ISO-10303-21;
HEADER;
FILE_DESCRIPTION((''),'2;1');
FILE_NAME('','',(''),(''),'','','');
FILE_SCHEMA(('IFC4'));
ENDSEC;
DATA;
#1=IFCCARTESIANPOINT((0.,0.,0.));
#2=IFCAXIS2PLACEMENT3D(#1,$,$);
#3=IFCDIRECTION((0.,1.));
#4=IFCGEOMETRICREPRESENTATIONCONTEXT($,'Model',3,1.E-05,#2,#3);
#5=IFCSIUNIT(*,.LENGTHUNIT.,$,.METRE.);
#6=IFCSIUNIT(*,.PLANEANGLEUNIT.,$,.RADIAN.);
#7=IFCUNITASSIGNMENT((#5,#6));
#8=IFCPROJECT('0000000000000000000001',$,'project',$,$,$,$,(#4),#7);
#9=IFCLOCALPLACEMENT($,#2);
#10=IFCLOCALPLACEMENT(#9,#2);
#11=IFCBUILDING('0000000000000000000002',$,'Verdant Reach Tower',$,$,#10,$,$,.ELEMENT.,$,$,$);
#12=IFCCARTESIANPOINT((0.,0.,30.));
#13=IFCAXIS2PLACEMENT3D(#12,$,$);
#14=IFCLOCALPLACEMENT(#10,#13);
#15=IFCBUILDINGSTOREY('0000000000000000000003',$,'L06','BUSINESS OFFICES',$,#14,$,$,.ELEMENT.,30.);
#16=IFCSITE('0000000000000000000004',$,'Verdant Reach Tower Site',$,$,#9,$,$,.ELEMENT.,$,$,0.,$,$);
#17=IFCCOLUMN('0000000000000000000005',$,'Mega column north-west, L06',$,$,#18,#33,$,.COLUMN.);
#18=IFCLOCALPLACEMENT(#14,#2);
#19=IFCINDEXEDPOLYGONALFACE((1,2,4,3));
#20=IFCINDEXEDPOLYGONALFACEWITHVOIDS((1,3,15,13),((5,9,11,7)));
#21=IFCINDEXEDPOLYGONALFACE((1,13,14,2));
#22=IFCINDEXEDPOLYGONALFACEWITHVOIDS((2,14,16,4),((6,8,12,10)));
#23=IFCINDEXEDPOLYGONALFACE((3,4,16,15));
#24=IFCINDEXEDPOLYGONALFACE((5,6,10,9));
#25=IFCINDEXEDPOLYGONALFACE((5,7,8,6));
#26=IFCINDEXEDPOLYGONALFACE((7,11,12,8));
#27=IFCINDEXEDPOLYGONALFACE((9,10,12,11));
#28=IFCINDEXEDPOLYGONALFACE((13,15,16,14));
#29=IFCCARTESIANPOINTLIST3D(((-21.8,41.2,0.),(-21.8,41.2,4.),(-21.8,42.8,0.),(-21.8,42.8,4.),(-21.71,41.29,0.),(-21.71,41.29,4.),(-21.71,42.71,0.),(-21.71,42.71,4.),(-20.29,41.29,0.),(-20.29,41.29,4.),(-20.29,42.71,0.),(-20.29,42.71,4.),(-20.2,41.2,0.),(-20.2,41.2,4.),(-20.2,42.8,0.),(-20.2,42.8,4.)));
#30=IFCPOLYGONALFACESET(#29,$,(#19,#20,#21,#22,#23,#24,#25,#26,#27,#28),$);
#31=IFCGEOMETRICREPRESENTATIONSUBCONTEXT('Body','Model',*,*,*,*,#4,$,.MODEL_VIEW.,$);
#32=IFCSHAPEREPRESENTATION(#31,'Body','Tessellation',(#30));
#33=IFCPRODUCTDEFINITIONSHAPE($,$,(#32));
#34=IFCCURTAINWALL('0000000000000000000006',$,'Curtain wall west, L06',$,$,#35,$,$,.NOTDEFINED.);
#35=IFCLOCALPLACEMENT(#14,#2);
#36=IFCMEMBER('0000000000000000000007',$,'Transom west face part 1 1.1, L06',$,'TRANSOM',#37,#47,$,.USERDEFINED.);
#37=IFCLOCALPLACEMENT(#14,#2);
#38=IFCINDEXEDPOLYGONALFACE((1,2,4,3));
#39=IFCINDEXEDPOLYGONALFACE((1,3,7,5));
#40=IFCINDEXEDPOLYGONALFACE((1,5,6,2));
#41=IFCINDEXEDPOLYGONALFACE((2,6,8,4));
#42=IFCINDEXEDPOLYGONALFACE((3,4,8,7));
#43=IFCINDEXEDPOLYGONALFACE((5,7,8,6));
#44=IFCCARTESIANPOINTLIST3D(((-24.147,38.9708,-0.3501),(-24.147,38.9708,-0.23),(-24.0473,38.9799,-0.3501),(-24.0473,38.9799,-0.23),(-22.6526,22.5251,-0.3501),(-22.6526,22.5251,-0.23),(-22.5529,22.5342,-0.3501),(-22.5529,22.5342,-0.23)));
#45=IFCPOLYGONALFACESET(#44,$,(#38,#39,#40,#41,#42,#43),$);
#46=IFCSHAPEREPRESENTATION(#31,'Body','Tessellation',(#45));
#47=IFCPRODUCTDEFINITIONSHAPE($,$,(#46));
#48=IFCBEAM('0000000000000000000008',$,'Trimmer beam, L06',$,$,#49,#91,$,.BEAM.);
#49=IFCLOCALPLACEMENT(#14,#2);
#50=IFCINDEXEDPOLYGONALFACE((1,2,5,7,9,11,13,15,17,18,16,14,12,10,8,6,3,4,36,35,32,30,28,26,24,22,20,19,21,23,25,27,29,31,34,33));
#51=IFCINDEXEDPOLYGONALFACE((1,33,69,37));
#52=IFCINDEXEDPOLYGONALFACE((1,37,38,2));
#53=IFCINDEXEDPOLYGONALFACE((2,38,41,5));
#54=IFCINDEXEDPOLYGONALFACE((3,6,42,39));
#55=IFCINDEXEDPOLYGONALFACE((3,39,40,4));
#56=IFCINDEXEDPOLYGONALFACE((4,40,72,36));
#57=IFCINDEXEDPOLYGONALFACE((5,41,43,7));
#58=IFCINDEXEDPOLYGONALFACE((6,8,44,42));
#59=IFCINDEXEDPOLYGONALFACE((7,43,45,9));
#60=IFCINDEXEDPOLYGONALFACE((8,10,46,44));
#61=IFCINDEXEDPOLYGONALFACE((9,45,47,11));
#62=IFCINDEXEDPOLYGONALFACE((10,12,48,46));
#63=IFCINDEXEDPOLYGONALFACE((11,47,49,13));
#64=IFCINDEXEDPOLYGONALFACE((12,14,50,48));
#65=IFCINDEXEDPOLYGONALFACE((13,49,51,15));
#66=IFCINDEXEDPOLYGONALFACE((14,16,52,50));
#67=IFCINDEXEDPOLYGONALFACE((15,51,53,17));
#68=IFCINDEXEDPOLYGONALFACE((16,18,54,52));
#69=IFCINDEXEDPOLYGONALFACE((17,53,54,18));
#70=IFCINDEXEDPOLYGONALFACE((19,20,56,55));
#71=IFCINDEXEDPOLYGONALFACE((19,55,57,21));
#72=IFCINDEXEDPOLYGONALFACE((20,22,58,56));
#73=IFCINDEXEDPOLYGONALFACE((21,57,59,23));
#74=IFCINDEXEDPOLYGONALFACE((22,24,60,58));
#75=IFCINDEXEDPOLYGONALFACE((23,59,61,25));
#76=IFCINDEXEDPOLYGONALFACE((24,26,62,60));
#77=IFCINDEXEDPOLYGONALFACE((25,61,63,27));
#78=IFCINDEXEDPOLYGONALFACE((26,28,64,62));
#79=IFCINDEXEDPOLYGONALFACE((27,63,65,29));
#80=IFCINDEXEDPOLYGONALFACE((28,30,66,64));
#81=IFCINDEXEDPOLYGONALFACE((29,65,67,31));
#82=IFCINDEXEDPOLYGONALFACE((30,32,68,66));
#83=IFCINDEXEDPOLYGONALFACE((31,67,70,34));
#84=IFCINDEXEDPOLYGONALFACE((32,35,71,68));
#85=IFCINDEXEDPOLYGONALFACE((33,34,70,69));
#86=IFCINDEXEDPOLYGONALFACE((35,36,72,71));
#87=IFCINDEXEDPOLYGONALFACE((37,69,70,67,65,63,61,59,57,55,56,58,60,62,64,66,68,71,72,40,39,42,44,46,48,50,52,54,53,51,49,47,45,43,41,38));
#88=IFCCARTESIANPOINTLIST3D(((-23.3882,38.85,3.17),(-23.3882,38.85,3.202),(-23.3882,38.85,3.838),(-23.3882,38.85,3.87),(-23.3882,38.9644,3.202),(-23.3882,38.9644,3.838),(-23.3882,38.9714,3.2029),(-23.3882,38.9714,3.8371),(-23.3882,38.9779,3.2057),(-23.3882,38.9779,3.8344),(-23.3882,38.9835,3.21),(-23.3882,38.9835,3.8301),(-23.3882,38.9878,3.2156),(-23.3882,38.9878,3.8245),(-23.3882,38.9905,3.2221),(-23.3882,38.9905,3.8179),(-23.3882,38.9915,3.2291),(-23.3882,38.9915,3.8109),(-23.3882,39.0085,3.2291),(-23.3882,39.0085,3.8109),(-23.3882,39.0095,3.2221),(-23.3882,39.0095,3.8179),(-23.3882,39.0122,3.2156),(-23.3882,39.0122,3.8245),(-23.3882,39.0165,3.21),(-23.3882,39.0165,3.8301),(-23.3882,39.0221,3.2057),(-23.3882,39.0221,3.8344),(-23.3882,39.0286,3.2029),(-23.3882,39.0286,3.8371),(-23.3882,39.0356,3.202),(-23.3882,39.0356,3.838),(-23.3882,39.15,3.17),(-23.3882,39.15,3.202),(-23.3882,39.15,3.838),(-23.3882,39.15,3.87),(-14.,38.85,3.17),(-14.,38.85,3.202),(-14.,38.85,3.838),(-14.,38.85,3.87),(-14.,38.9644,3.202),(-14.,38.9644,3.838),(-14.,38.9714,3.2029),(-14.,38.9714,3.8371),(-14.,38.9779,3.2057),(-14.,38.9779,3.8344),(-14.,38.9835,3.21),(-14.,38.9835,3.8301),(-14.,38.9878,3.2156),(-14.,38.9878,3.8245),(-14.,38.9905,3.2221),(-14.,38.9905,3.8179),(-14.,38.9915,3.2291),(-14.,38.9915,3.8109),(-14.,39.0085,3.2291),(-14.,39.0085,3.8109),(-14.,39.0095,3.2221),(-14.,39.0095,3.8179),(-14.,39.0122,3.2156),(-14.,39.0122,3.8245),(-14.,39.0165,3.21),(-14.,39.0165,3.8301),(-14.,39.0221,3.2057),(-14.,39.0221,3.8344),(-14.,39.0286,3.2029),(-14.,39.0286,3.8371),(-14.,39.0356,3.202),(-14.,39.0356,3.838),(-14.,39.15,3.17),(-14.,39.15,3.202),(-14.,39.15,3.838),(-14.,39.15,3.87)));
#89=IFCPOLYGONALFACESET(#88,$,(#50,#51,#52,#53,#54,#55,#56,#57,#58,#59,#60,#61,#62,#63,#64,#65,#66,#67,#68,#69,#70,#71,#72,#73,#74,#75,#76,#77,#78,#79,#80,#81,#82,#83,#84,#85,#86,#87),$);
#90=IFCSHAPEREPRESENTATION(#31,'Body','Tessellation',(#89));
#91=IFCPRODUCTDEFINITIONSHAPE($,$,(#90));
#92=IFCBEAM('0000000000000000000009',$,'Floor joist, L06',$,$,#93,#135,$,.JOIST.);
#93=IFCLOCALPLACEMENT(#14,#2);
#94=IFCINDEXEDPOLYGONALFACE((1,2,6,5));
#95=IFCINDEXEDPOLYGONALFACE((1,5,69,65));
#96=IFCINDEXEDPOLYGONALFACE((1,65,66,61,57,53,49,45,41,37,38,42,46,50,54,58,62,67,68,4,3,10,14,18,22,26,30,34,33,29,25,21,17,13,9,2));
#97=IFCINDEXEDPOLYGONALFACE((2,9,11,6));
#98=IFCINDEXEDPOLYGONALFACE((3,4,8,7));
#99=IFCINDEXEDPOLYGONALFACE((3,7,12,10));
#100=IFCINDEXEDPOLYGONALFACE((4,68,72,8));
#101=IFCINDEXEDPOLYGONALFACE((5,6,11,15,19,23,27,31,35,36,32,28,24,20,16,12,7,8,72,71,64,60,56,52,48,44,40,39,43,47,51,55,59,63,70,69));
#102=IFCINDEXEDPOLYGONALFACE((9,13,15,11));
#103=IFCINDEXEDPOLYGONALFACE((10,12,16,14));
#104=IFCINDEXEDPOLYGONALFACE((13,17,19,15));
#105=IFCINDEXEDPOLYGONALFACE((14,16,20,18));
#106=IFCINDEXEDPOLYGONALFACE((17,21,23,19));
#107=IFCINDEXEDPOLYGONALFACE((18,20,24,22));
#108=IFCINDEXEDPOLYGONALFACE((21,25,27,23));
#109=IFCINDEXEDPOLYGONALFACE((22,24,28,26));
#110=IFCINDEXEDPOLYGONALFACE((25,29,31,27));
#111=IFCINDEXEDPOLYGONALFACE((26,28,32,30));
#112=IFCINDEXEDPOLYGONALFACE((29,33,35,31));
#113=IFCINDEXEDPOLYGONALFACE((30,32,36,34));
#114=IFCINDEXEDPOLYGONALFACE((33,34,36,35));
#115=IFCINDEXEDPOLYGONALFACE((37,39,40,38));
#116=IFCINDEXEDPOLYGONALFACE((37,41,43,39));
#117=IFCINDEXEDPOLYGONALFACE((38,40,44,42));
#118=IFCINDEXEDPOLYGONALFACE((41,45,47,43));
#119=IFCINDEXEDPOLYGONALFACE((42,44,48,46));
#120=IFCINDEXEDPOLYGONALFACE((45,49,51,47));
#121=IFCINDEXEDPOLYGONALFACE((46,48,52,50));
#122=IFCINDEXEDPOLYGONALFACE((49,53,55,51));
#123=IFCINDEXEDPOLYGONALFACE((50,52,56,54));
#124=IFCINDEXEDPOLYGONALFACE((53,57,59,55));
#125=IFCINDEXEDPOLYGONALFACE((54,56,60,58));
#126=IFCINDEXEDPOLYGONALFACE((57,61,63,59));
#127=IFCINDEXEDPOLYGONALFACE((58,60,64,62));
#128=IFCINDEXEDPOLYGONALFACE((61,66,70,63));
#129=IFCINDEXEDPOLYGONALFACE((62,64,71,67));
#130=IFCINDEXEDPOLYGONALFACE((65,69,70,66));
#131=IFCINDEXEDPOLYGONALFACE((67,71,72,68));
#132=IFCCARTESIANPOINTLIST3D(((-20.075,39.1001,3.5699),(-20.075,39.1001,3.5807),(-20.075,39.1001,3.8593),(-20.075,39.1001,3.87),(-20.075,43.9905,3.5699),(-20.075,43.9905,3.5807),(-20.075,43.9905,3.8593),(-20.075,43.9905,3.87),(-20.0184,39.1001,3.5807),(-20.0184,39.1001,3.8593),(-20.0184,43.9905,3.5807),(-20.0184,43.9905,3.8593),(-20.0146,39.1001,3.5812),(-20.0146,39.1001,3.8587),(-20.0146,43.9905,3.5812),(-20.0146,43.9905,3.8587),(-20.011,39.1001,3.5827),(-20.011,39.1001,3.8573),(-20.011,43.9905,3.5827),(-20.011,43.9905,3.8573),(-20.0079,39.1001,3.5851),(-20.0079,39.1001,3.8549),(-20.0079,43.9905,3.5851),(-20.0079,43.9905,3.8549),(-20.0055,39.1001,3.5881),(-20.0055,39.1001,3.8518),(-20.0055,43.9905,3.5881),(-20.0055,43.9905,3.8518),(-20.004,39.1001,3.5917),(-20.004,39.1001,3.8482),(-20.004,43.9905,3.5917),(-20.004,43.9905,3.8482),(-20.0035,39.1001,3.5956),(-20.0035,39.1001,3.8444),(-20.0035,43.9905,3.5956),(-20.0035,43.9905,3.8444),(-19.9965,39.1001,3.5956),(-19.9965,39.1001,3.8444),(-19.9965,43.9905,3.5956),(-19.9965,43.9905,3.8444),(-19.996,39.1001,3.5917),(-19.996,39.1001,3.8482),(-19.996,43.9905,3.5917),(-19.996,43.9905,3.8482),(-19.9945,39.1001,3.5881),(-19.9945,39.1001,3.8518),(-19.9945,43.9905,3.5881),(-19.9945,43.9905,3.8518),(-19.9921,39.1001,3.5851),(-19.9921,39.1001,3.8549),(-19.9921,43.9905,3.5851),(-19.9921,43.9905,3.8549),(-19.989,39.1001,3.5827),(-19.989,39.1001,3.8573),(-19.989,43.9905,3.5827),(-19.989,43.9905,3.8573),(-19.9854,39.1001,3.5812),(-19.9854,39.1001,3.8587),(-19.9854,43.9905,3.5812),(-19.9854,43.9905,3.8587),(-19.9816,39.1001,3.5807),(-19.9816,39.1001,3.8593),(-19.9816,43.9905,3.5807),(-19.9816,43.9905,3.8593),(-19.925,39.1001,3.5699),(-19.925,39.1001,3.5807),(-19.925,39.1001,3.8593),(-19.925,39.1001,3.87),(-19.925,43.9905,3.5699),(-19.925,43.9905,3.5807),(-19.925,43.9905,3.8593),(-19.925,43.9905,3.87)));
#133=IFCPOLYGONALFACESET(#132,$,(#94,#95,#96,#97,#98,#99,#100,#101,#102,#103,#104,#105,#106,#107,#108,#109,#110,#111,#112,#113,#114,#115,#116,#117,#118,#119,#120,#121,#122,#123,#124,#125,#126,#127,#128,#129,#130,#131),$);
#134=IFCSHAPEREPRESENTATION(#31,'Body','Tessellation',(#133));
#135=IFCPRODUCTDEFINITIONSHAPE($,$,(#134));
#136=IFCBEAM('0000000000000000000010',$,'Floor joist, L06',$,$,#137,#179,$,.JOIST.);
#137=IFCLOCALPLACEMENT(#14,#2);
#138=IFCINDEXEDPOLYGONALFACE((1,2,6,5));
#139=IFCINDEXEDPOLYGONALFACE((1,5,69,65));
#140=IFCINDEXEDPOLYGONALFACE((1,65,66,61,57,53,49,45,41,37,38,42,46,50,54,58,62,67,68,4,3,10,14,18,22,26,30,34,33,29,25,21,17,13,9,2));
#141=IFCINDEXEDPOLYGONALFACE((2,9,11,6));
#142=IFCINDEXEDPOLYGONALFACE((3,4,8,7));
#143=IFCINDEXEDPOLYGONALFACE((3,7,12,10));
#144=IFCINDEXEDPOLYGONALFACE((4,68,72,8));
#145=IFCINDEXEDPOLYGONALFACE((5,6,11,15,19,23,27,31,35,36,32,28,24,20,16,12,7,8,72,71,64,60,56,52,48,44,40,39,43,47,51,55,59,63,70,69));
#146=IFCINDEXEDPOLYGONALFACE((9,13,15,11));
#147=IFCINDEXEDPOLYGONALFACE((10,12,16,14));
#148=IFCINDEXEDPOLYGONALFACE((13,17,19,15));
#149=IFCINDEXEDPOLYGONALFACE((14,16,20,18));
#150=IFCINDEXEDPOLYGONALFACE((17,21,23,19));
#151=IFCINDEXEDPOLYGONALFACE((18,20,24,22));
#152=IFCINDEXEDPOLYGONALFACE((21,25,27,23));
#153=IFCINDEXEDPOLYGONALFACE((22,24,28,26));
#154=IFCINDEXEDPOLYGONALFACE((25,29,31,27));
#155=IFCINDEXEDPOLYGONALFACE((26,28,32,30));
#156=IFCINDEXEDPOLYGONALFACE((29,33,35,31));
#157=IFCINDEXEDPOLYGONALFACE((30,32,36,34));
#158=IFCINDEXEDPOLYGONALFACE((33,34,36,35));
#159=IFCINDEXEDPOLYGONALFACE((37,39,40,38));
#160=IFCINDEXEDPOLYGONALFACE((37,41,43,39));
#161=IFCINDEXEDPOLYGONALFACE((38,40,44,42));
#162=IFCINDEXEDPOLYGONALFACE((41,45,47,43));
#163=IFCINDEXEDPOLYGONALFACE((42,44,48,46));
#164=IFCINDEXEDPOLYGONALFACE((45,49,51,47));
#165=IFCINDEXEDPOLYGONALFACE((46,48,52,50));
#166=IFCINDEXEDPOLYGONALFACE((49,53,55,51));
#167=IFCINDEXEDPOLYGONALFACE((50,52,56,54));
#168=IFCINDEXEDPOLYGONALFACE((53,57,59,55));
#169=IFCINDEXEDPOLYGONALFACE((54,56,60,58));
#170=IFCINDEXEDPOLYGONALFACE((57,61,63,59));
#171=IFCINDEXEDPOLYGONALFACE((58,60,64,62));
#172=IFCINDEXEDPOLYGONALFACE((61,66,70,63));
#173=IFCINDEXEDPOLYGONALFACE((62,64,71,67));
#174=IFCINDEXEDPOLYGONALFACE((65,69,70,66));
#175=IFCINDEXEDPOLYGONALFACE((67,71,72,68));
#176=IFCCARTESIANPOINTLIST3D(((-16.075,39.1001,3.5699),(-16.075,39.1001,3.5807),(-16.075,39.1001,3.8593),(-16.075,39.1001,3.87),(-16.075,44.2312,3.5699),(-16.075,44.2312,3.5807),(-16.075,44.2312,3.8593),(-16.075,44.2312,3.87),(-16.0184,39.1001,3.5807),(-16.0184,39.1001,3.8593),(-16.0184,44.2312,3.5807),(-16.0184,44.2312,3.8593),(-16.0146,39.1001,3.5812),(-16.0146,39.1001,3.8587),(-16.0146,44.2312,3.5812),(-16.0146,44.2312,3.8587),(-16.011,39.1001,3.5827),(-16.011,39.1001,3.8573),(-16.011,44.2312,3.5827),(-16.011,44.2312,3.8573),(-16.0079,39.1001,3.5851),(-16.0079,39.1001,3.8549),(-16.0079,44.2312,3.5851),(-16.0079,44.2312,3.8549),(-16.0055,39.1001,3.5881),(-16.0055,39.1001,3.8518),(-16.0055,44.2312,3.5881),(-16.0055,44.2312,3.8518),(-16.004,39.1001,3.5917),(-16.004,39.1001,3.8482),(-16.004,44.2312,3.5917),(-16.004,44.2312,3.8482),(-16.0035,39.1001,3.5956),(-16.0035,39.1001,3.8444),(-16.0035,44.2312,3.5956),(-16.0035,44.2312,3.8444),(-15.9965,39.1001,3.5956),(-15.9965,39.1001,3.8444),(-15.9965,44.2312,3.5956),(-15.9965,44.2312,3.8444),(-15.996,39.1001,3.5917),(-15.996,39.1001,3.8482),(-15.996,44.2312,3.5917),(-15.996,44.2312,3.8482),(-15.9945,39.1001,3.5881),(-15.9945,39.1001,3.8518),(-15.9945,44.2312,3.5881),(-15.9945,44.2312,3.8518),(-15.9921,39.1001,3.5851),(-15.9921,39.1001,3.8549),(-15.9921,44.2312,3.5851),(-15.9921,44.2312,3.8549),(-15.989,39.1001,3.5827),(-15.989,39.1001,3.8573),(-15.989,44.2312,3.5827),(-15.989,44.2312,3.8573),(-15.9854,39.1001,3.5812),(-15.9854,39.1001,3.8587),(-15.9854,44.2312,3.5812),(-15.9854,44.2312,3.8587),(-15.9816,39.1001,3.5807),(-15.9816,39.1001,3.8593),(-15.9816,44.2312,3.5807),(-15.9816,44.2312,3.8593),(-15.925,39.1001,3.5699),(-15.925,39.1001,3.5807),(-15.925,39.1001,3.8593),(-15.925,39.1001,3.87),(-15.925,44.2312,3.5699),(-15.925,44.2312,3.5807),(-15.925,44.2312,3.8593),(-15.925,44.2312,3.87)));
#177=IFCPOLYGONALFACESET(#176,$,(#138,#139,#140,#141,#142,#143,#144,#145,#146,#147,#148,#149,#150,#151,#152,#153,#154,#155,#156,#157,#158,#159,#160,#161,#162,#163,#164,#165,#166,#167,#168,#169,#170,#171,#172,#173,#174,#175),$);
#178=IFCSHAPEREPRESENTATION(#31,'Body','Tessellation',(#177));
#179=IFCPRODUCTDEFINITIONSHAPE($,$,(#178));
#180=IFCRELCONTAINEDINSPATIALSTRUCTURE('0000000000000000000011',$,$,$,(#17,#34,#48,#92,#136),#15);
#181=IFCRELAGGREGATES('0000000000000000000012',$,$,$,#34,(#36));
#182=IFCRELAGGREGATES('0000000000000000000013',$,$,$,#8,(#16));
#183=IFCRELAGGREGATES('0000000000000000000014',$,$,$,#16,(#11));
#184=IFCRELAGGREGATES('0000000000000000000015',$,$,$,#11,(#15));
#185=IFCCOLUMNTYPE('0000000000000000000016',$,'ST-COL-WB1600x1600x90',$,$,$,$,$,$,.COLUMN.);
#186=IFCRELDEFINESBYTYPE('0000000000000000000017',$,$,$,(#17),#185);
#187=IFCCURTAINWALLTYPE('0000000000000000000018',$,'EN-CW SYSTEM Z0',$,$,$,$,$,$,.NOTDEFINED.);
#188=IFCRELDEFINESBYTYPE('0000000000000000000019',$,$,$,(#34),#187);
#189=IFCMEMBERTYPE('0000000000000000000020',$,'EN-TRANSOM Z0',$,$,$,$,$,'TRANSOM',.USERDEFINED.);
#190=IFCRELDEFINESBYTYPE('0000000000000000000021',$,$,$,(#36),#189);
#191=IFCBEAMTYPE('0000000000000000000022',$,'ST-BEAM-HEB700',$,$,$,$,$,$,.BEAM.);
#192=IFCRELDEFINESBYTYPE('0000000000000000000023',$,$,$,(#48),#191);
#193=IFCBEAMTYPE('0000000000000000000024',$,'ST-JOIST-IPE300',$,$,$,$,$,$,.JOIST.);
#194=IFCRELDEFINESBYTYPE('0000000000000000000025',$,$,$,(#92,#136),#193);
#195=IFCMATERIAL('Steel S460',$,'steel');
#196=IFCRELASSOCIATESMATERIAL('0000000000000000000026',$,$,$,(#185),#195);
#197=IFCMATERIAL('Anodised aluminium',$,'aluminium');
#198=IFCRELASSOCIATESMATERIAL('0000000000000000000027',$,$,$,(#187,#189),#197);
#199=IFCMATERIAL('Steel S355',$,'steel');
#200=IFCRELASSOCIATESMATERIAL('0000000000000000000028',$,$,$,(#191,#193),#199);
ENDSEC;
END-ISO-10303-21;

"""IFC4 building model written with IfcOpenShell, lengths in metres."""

from ifc_helpers import new_model, si_unit, direction, frame, origin, origin_2d, place, context, subcontext, project, spatial, rectangle, hollow_rectangle, i_section, extrude, material, material_profile, profile_set, type_object, element, aggregate, save


model = new_model("IFC4")

# Units and contexts
model_context = context("Model", 3, precision=1e-05, world=origin(), true_north=direction((0.0, 1.0)))
body_context = subcontext(model_context, "Body", "Model", "MODEL_VIEW")
ifc_project = project(units=[si_unit("LENGTHUNIT", "METRE"), si_unit("PLANEANGLEUNIT", "RADIAN")], contexts=[model_context])

# Site, building, storey
site_placement = place(None, origin())
site = spatial("IfcSite", under=ifc_project, at=site_placement, Name="Verdant Reach Tower Site", CompositionType="ELEMENT", RefElevation=0.0)
building_placement = place(site_placement, origin())
building = spatial("IfcBuilding", under=site, at=building_placement, Name="Verdant Reach Tower", CompositionType="ELEMENT")
storey_placement = place(building_placement, frame((0.0, 0.0, 30.0)))
storey = spatial("IfcBuildingStorey", under=building, at=storey_placement, Name="L06", Description="BUSINESS OFFICES", CompositionType="ELEMENT", Elevation=30.0)

# Column
ifc_material_1 = material(Name="Steel S460", Category="steel")
ifc_material_profile_1 = material_profile(ifc_material_1, hollow_rectangle(XDim=1.6001, YDim=1.6001, WallThickness=0.0901, at=origin_2d()), Name="WB 1600x1600x90")
ifc_profile_set_1 = profile_set([ifc_material_profile_1], Name="Steel S460")
column_type = type_object("IfcColumnType", Name="ST-COL-WB1600x1600x90", PredefinedType="COLUMN", material=ifc_profile_set_1)
column_placement = place(storey_placement, frame((-21.0, 42.0, 0.0), z_axis=(0.0, 0.0, 1.0), x_axis=(1.0, 0.0, 0.0)))
element("IfcColumn", 1, at=column_placement, inside=storey, type_object=column_type, Name="Mega column north-west, L06", PredefinedType="COLUMN", context=body_context, shape_type="SweptSolid", body=[
    extrude(hollow_rectangle(XDim=1.6001, YDim=1.6001, WallThickness=0.0901, at=origin_2d()), origin(), (0.0, 0.0, 1.0), 4.0),
])

# Curtain wall, member
ifc_material_2 = material(Name="Anodised aluminium", Category="aluminium")
curtain_wall_type = type_object("IfcCurtainWallType", Name="EN-CW SYSTEM Z0", PredefinedType="NOTDEFINED", material=ifc_material_2)
curtain_wall_1_placement = place(storey_placement, origin())
curtain_wall_1 = element("IfcCurtainWall", 2, at=curtain_wall_1_placement, inside=storey, type_object=curtain_wall_type, Name="Curtain wall west, L06", PredefinedType="NOTDEFINED")
ifc_material_profile_2 = material_profile(ifc_material_2, rectangle(XDim=0.1001, YDim=0.1201, at=origin_2d()), Name="Transom 120x100")
ifc_profile_set_2 = profile_set([ifc_material_profile_2], Name="Anodised aluminium")
member_type = type_object("IfcMemberType", Name="EN-TRANSOM Z0", ElementType="TRANSOM", PredefinedType="USERDEFINED", material=ifc_profile_set_2)
member_placement = place(storey_placement, frame((-24.0972, 38.9753, -0.29), z_axis=(0.090496, -0.995897, 0.0), x_axis=(0.995897, 0.090496, 0.0)))
member = element("IfcMember", 3, at=member_placement, type_object=member_type, Name="Transom west face part 1 1.1, L06", ObjectType="TRANSOM", PredefinedType="USERDEFINED", context=body_context, shape_type="SweptSolid", body=[
    extrude(rectangle(XDim=0.1001, YDim=0.1201, at=origin_2d()), origin(), (0.0, 0.0, 1.0), 16.5134),
])
aggregate(curtain_wall_1, [member])

# Beams
ifc_material_3 = material(Name="Steel S355", Category="steel")
ifc_material_profile_3 = material_profile(ifc_material_3, i_section(OverallWidth=0.3, OverallDepth=0.7, WebThickness=0.0171, FlangeThickness=0.032, FilletRadius=0.0271, at=origin_2d()), Name="HEB 700")
ifc_profile_set_3 = profile_set([ifc_material_profile_3], Name="Steel S355")
beam_type_1 = type_object("IfcBeamType", Name="ST-BEAM-HEB700", PredefinedType="BEAM", material=ifc_profile_set_3)
beam_1_placement = place(storey_placement, frame((-14.0, 39.0, 3.52), z_axis=(-1.0, 0.0, 0.0), x_axis=(0.0, -1.0, 0.0)))
element("IfcBeam", 4, at=beam_1_placement, inside=storey, type_object=beam_type_1, Name="Trimmer beam, L06", PredefinedType="BEAM", context=body_context, shape_type="SweptSolid", body=[
    extrude(i_section(OverallWidth=0.3, OverallDepth=0.7, WebThickness=0.0171, FlangeThickness=0.032, FilletRadius=0.0271, at=origin_2d()), origin(), (0.0, 0.0, 1.0), 9.3882),
])
ifc_material_profile_4 = material_profile(ifc_material_3, i_section(OverallWidth=0.1499, OverallDepth=0.3, WebThickness=0.0071, FlangeThickness=0.0107, FilletRadius=0.0149, at=origin_2d()), Name="IPE 300")
ifc_profile_set_4 = profile_set([ifc_material_profile_4], Name="Steel S355")
beam_type_2 = type_object("IfcBeamType", Name="ST-JOIST-IPE300", PredefinedType="JOIST", material=ifc_profile_set_4)
beam_2_placement = place(storey_placement, frame((-20.0, 39.1001, 3.72), z_axis=(0.0, 1.0, 0.0), x_axis=(-1.0, 0.0, 0.0)))
element("IfcBeam", 5, at=beam_2_placement, inside=storey, type_object=beam_type_2, Name="Floor joist, L06", PredefinedType="JOIST", context=body_context, shape_type="SweptSolid", body=[
    extrude(i_section(OverallWidth=0.1499, OverallDepth=0.3, WebThickness=0.0071, FlangeThickness=0.0107, FilletRadius=0.0149, at=origin_2d()), origin(), (0.0, 0.0, 1.0), 4.8904),
])
beam_3_placement = place(storey_placement, frame((-16.0, 39.1001, 3.72), z_axis=(0.0, 1.0, 0.0), x_axis=(-1.0, 0.0, 0.0)))
element("IfcBeam", 6, at=beam_3_placement, inside=storey, type_object=beam_type_2, Name="Floor joist, L06", PredefinedType="JOIST", context=body_context, shape_type="SweptSolid", body=[
    extrude(i_section(OverallWidth=0.1499, OverallDepth=0.3, WebThickness=0.0071, FlangeThickness=0.0107, FilletRadius=0.0149, at=origin_2d()), origin(), (0.0, 0.0, 1.0), 5.1311),
])

save(model, "model.ifc")
